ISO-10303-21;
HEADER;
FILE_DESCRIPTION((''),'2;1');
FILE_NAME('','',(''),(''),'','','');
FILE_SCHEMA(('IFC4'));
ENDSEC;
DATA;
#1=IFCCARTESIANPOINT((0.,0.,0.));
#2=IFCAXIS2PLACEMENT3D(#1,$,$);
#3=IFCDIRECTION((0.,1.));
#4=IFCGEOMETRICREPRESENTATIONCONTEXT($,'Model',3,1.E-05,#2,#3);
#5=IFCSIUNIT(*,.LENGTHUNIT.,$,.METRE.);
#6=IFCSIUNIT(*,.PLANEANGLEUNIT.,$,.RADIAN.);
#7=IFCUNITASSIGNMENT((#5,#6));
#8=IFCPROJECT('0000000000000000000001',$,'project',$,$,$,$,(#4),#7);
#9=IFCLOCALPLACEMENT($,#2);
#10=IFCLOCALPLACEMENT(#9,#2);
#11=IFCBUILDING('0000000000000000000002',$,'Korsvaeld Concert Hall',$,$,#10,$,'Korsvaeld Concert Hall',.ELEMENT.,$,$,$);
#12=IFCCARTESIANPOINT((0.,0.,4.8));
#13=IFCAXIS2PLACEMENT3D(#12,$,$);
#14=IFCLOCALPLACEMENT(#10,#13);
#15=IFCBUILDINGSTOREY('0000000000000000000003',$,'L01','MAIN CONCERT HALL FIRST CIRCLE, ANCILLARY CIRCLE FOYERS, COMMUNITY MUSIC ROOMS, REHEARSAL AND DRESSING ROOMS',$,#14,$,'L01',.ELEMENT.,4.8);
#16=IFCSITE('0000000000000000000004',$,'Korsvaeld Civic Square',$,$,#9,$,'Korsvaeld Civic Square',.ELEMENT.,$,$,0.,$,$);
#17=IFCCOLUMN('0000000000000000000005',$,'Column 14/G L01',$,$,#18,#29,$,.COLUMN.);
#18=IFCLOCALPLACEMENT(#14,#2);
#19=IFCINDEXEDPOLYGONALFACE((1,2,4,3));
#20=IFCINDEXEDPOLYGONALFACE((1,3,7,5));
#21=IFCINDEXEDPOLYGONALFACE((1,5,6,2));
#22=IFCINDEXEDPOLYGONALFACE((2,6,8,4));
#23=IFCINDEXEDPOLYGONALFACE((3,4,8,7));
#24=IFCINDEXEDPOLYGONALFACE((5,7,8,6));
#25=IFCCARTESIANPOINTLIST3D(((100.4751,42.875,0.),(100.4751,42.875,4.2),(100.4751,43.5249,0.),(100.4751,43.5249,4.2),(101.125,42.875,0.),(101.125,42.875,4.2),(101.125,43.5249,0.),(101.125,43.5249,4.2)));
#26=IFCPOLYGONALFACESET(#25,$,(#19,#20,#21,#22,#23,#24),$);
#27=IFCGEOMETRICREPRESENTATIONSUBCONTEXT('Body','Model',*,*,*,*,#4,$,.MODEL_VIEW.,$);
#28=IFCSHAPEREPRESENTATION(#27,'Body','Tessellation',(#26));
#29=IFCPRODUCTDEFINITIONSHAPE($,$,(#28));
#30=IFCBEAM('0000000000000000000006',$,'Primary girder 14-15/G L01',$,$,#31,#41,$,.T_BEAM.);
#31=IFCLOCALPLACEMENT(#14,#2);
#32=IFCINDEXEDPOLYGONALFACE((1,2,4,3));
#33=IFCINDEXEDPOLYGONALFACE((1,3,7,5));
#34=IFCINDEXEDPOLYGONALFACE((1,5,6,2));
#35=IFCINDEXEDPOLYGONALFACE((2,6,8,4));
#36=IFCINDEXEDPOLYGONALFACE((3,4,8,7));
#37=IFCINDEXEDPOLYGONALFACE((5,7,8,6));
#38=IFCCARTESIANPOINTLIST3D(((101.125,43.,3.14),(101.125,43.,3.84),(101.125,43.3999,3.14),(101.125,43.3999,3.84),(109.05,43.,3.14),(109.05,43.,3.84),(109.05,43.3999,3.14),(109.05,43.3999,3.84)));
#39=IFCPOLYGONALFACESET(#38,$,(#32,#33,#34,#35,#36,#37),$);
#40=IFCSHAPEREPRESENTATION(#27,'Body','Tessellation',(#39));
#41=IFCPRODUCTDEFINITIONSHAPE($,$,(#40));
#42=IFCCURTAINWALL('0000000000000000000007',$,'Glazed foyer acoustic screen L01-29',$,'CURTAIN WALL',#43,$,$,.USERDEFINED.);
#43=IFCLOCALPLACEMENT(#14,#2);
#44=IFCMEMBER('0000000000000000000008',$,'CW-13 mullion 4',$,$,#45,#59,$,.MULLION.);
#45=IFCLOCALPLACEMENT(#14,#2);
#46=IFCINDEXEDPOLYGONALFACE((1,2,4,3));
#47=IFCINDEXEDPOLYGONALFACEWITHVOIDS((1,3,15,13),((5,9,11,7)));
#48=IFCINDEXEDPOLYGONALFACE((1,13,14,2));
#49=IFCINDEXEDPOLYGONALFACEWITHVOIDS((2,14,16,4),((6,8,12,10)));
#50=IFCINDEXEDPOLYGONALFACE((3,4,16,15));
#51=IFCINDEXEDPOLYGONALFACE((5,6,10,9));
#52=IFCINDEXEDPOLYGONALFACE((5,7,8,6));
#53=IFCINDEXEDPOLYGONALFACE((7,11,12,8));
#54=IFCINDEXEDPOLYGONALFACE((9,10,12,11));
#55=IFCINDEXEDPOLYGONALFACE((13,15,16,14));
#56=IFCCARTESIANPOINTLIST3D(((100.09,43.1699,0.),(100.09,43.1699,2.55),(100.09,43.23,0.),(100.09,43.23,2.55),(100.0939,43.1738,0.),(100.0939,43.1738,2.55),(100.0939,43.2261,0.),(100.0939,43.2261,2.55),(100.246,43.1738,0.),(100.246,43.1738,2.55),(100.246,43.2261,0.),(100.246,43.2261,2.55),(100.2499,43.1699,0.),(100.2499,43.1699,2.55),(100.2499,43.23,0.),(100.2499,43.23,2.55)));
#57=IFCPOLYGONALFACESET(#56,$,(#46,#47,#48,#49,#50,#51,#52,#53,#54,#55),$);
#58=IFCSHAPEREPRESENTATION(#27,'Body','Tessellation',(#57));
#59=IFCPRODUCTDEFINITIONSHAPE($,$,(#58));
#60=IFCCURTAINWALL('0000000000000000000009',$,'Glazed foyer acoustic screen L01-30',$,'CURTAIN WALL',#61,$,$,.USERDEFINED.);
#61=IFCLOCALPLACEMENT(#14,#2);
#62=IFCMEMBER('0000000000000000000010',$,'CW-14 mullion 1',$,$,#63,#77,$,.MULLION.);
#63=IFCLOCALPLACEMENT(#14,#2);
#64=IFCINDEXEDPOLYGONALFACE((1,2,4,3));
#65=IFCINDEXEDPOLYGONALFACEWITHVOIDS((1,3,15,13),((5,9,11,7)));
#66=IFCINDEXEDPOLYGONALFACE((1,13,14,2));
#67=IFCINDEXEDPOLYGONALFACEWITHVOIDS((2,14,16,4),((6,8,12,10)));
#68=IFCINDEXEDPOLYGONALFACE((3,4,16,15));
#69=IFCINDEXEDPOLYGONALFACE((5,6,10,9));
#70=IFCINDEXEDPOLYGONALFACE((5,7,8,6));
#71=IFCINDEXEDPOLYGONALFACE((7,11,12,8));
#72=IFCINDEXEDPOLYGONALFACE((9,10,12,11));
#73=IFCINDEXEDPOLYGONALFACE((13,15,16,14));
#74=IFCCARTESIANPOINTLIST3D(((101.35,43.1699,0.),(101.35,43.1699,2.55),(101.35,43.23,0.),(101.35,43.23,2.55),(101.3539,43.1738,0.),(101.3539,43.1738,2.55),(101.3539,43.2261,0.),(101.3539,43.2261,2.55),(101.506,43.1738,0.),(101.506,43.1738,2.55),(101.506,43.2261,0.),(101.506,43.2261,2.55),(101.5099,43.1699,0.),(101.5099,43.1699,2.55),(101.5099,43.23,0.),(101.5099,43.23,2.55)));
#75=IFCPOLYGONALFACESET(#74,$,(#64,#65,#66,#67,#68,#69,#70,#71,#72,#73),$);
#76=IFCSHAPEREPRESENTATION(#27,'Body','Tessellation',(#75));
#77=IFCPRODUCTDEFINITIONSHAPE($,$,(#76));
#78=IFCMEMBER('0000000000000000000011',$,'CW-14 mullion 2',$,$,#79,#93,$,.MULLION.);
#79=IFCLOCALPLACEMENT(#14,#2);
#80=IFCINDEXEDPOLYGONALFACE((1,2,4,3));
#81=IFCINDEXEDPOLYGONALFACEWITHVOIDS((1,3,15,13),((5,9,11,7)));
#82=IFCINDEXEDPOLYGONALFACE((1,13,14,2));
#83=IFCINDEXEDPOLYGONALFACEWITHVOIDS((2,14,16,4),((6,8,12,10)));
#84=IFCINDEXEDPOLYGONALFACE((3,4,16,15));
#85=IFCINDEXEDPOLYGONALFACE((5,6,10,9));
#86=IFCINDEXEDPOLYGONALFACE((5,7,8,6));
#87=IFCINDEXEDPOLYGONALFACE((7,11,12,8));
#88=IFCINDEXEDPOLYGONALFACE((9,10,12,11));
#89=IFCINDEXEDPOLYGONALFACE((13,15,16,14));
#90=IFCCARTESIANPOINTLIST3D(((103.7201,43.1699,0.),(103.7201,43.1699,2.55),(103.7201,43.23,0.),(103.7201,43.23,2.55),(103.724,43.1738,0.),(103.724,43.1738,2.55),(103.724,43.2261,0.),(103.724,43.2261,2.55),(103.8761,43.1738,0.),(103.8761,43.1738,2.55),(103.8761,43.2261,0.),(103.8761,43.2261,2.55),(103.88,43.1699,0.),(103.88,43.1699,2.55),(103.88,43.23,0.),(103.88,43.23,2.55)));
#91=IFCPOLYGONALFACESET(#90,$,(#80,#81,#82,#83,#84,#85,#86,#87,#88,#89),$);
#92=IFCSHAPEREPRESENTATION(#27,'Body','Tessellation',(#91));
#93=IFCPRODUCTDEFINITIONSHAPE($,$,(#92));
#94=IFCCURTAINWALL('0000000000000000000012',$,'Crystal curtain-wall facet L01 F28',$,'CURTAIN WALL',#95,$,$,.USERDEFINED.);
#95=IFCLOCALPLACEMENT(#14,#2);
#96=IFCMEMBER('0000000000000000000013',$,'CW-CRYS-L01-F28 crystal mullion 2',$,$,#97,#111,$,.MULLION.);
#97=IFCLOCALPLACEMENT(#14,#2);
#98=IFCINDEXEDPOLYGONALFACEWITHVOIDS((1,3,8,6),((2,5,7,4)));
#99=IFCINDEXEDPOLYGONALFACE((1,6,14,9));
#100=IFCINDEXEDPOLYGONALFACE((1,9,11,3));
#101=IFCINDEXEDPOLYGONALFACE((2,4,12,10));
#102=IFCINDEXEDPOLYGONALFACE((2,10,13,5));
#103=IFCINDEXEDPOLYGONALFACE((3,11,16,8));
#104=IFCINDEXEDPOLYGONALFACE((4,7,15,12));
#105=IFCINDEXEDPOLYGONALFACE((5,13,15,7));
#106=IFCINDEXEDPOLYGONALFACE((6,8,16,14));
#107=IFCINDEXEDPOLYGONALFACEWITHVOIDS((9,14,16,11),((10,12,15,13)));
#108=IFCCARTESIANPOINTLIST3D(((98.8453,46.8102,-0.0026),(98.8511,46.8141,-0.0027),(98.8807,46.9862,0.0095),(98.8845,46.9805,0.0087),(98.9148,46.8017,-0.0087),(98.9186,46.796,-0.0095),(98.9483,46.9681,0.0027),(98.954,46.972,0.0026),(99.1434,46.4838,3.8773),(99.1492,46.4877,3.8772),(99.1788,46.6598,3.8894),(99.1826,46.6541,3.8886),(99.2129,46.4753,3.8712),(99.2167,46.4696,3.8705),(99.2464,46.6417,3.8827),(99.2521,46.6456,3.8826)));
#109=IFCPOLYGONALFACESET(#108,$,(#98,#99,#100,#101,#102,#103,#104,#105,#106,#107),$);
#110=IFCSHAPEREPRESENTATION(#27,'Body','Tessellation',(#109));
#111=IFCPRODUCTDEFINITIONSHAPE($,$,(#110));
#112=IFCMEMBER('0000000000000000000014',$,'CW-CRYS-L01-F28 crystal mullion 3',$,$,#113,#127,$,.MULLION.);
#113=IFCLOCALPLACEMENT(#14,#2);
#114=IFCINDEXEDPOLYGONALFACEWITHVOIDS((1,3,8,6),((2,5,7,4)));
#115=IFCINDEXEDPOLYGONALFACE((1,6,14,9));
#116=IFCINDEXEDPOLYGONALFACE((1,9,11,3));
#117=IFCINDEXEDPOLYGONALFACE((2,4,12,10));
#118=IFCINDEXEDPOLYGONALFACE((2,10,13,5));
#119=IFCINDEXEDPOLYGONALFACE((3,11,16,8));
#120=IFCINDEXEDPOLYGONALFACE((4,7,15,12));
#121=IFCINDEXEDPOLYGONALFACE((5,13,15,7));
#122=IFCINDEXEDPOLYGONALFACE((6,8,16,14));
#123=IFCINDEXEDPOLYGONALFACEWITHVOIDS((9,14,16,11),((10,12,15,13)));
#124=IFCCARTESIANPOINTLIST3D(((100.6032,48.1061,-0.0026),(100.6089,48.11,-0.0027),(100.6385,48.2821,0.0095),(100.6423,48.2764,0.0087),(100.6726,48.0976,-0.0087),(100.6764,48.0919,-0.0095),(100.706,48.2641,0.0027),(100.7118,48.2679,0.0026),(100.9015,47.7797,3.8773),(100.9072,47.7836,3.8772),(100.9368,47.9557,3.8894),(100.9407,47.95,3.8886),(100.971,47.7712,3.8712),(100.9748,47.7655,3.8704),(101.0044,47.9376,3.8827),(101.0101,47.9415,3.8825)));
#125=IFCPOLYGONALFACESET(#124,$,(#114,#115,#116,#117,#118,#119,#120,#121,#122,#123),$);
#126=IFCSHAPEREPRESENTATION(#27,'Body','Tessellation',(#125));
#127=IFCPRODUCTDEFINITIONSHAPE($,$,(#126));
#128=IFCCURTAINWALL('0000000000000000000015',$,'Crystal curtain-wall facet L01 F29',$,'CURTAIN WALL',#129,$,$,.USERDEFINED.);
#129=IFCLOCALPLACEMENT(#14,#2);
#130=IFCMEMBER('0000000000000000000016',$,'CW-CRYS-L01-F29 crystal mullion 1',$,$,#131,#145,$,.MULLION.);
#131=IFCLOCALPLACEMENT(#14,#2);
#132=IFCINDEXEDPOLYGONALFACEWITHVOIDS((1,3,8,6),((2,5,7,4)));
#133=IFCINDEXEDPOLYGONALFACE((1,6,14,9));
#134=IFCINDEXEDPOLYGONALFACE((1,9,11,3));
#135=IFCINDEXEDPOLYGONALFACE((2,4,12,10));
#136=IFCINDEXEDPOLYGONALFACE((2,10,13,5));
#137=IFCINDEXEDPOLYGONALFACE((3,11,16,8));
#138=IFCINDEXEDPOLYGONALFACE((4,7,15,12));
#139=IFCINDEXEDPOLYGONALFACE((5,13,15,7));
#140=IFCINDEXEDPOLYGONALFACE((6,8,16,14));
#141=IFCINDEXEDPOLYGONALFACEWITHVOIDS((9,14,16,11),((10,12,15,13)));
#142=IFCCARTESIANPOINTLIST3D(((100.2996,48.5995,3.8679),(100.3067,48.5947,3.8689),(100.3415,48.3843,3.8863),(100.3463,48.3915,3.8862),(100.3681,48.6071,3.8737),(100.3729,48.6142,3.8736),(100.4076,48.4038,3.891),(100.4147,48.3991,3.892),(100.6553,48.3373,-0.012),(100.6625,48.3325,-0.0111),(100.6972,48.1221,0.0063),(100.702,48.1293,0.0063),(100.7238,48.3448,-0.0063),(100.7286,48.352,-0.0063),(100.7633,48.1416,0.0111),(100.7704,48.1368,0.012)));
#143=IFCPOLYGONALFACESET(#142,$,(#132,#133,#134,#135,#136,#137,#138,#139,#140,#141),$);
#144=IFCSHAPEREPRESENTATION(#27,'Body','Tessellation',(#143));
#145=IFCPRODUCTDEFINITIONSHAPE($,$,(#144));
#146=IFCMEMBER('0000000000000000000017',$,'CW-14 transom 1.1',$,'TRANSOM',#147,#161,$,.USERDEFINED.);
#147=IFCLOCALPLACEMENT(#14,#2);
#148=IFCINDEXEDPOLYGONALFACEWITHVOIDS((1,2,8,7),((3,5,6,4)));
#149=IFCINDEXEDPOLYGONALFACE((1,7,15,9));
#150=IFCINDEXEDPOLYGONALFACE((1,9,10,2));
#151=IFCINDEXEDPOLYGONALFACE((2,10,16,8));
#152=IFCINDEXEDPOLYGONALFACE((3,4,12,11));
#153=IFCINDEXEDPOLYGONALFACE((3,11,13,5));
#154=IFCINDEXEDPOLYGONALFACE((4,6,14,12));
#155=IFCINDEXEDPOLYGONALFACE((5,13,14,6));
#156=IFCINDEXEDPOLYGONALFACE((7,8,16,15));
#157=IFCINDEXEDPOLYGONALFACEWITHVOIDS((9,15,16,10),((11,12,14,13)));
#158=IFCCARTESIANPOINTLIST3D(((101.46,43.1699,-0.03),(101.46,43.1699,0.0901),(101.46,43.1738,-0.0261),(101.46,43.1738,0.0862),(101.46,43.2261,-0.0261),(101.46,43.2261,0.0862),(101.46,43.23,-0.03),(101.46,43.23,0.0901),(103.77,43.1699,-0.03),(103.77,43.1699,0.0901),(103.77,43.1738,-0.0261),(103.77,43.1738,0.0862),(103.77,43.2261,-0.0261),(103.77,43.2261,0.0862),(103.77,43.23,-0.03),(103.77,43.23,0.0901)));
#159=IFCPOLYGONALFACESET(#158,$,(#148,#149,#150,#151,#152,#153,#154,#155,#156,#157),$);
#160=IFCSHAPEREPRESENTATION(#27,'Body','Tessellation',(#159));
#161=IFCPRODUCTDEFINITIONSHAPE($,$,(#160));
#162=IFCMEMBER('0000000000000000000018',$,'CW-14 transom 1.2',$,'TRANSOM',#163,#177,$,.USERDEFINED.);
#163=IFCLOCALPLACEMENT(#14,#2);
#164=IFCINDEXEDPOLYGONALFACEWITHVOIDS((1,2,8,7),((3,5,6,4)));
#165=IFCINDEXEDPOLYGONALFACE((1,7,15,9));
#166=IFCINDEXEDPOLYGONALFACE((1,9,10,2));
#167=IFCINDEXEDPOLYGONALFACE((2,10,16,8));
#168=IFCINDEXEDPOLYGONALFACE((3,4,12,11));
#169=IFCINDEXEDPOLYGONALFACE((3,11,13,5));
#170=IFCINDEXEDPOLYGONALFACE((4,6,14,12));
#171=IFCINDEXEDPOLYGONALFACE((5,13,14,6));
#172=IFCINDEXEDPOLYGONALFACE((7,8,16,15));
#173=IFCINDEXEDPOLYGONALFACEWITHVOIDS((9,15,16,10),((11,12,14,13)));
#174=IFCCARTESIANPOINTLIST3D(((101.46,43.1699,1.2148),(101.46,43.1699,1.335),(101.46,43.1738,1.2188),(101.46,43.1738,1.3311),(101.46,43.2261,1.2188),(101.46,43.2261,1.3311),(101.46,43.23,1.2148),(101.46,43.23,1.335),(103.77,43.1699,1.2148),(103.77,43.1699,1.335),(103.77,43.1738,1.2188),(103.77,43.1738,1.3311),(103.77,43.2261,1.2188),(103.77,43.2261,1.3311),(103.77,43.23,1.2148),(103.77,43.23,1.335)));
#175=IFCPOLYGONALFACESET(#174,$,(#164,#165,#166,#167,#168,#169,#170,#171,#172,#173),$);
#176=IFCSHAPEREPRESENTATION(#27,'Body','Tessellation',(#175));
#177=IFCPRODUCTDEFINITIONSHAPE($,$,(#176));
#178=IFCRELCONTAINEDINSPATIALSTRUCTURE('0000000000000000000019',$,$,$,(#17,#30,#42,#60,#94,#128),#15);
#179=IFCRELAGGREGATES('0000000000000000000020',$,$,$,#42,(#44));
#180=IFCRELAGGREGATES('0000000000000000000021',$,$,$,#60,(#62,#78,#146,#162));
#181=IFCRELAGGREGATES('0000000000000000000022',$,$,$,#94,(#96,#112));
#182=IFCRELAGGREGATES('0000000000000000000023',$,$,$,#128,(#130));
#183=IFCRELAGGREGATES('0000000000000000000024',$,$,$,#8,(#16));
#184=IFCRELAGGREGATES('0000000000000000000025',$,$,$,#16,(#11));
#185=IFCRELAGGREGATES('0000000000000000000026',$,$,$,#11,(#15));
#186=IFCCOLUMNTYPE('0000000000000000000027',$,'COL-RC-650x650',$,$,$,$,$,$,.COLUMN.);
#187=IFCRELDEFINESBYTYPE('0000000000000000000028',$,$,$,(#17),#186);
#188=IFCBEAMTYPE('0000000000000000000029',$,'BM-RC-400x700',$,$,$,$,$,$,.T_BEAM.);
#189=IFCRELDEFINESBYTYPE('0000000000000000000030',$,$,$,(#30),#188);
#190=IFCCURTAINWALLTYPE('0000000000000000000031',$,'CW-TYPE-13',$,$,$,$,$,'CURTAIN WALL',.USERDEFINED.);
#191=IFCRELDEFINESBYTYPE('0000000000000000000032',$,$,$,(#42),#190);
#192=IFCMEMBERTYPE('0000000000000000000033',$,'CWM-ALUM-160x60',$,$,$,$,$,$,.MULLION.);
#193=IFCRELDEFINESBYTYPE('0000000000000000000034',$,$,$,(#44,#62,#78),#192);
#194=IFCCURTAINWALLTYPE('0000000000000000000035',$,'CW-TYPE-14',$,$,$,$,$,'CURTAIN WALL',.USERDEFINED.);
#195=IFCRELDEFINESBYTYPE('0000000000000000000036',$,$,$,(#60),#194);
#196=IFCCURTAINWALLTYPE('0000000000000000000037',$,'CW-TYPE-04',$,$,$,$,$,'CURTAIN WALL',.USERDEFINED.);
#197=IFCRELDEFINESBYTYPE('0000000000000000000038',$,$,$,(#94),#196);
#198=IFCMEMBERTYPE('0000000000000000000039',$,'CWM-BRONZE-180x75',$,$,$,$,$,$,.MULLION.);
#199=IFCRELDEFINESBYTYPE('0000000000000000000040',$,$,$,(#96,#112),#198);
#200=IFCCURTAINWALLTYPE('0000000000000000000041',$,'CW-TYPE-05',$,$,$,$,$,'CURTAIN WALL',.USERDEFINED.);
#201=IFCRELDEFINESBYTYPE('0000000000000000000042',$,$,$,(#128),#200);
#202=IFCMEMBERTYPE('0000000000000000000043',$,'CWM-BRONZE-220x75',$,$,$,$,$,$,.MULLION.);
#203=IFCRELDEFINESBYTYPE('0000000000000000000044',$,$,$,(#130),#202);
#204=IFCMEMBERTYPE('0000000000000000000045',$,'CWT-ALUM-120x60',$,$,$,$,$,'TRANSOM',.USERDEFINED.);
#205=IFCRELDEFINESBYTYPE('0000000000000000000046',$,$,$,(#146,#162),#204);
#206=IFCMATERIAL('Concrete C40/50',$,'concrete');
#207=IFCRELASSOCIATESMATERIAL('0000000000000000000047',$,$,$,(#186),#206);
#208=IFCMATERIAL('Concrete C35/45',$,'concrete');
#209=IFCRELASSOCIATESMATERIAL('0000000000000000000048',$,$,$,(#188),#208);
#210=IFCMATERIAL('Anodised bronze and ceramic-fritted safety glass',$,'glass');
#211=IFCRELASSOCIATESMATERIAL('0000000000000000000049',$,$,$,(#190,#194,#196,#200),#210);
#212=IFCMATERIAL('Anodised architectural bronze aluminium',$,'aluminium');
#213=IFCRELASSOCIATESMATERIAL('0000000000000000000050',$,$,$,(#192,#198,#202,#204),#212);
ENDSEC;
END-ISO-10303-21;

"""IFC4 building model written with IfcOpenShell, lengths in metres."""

from ifc_helpers import new_model, si_unit, direction, frame, origin, origin_2d, place, context, subcontext, project, spatial, rectangle, hollow_rectangle, extrude, material, material_profile, profile_set, type_object, element, aggregate, save


model = new_model("IFC4")

# Units and contexts
model_context = context("Model", 3, precision=1e-05, world=origin(), true_north=direction((0.0, 1.0)))
body_context = subcontext(model_context, "Body", "Model", "MODEL_VIEW")
ifc_project = project(units=[si_unit("LENGTHUNIT", "METRE"), si_unit("PLANEANGLEUNIT", "RADIAN")], contexts=[model_context])

# Site, building, storey
site_placement = place(None, origin())
site = spatial("IfcSite", under=ifc_project, at=site_placement, Name="Korsvaeld Civic Square", LongName="Korsvaeld Civic Square", CompositionType="ELEMENT", RefElevation=0.0)
building_placement = place(site_placement, origin())
building = spatial("IfcBuilding", under=site, at=building_placement, Name="Korsvaeld Concert Hall", LongName="Korsvaeld Concert Hall", CompositionType="ELEMENT")
storey_placement = place(building_placement, frame((0.0, 0.0, 4.8)))
storey = spatial("IfcBuildingStorey", under=building, at=storey_placement, Name="L01", Description="MAIN CONCERT HALL FIRST CIRCLE, ANCILLARY CIRCLE FOYERS, COMMUNITY MUSIC ROOMS, REHEARSAL AND DRESSING ROOMS", LongName="L01", CompositionType="ELEMENT", Elevation=4.8)

# Column
ifc_material_1 = material(Name="Concrete C40/50", Category="concrete")
ifc_material_profile_1 = material_profile(ifc_material_1, rectangle(XDim=0.6499, YDim=0.6499, at=origin_2d()), Name="RC 650x650")
ifc_profile_set_1 = profile_set([ifc_material_profile_1], Name="Concrete C40/50")
column_type = type_object("IfcColumnType", Name="COL-RC-650x650", PredefinedType="COLUMN", material=ifc_profile_set_1)
column_placement = place(storey_placement, frame((100.8, 43.2, 0.0), z_axis=(0.0, 0.0, 1.0), x_axis=(1.0, 0.0, 0.0)))
element("IfcColumn", 1, at=column_placement, inside=storey, type_object=column_type, Name="Column 14/G L01", PredefinedType="COLUMN", context=body_context, shape_type="SweptSolid", body=[
    extrude(rectangle(XDim=0.6499, YDim=0.6499, at=origin_2d()), origin(), (0.0, 0.0, 1.0), 4.2),
])

# Beam
ifc_material_2 = material(Name="Concrete C35/45", Category="concrete")
ifc_material_profile_2 = material_profile(ifc_material_2, rectangle(XDim=0.3999, YDim=0.7, at=origin_2d()), Name="RC 400x700")
ifc_profile_set_2 = profile_set([ifc_material_profile_2], Name="Concrete C35/45")
beam_type = type_object("IfcBeamType", Name="BM-RC-400x700", PredefinedType="T_BEAM", material=ifc_profile_set_2)
beam_placement = place(storey_placement, frame((101.125, 43.2, 3.49), z_axis=(1.0, 0.0, 0.0), x_axis=(0.0, 1.0, 0.0)))
element("IfcBeam", 2, at=beam_placement, inside=storey, type_object=beam_type, Name="Primary girder 14-15/G L01", PredefinedType="T_BEAM", context=body_context, shape_type="SweptSolid", body=[
    extrude(rectangle(XDim=0.3999, YDim=0.7, at=origin_2d()), origin(), (0.0, 0.0, 1.0), 7.925),
])

# Curtain wall, member
ifc_material_3 = material(Name="Anodised bronze and ceramic-fritted safety glass", Category="glass")
curtain_wall_type_1 = type_object("IfcCurtainWallType", Name="CW-TYPE-13", ElementType="CURTAIN WALL", PredefinedType="USERDEFINED", material=ifc_material_3)
curtain_wall_1_placement = place(storey_placement, origin())
curtain_wall_1 = element("IfcCurtainWall", 3, at=curtain_wall_1_placement, inside=storey, type_object=curtain_wall_type_1, Name="Glazed foyer acoustic screen L01-29", ObjectType="CURTAIN WALL", PredefinedType="USERDEFINED")
ifc_material_4 = material(Name="Anodised architectural bronze aluminium", Category="aluminium")
ifc_material_profile_3 = material_profile(ifc_material_4, hollow_rectangle(XDim=0.0601, YDim=0.1599, WallThickness=0.0039, at=origin_2d()), Name="CWM 160x60x4")
ifc_profile_set_3 = profile_set([ifc_material_profile_3], Name="Anodised architectural bronze aluminium")
member_type_1 = type_object("IfcMemberType", Name="CWM-ALUM-160x60", PredefinedType="MULLION", material=ifc_profile_set_3)
member_1_placement = place(storey_placement, frame((100.1699, 43.2, 0.0), z_axis=(0.0, 0.0, 1.0), x_axis=(0.0, 1.0, 0.0)))
member_1 = element("IfcMember", 4, at=member_1_placement, type_object=member_type_1, Name="CW-13 mullion 4", PredefinedType="MULLION", context=body_context, shape_type="SweptSolid", body=[
    extrude(hollow_rectangle(XDim=0.0601, YDim=0.1599, WallThickness=0.0039, at=origin_2d()), origin(), (0.0, 0.0, 1.0), 2.55),
])

# Curtain walls, members
curtain_wall_type_2 = type_object("IfcCurtainWallType", Name="CW-TYPE-14", ElementType="CURTAIN WALL", PredefinedType="USERDEFINED", material=ifc_material_3)
curtain_wall_2_placement = place(storey_placement, origin())
curtain_wall_2 = element("IfcCurtainWall", 5, at=curtain_wall_2_placement, inside=storey, type_object=curtain_wall_type_2, Name="Glazed foyer acoustic screen L01-30", ObjectType="CURTAIN WALL", PredefinedType="USERDEFINED")
member_2_placement = place(storey_placement, frame((101.4299, 43.2, 0.0), z_axis=(0.0, 0.0, 1.0), x_axis=(0.0, 1.0, 0.0)))
member_2 = element("IfcMember", 6, at=member_2_placement, type_object=member_type_1, Name="CW-14 mullion 1", PredefinedType="MULLION", context=body_context, shape_type="SweptSolid", body=[
    extrude(hollow_rectangle(XDim=0.0601, YDim=0.1599, WallThickness=0.0039, at=origin_2d()), origin(), (0.0, 0.0, 1.0), 2.55),
])
member_3_placement = place(storey_placement, frame((103.8, 43.2, 0.0), z_axis=(0.0, 0.0, 1.0), x_axis=(0.0, 1.0, 0.0)))
member_3 = element("IfcMember", 7, at=member_3_placement, type_object=member_type_1, Name="CW-14 mullion 2", PredefinedType="MULLION", context=body_context, shape_type="SweptSolid", body=[
    extrude(hollow_rectangle(XDim=0.0601, YDim=0.1599, WallThickness=0.0039, at=origin_2d()), origin(), (0.0, 0.0, 1.0), 2.55),
])
curtain_wall_type_3 = type_object("IfcCurtainWallType", Name="CW-TYPE-04", ElementType="CURTAIN WALL", PredefinedType="USERDEFINED", material=ifc_material_3)
curtain_wall_3_placement = place(storey_placement, origin())
curtain_wall_3 = element("IfcCurtainWall", 8, at=curtain_wall_3_placement, inside=storey, type_object=curtain_wall_type_3, Name="Crystal curtain-wall facet L01 F28", ObjectType="CURTAIN WALL", PredefinedType="USERDEFINED")
ifc_material_profile_4 = material_profile(ifc_material_4, hollow_rectangle(XDim=0.075, YDim=0.1799, WallThickness=0.0049, at=origin_2d()), Name="CWM 180x75x5")
ifc_profile_set_4 = profile_set([ifc_material_profile_4], Name="Anodised architectural bronze aluminium")
member_type_2 = type_object("IfcMemberType", Name="CWM-BRONZE-180x75", PredefinedType="MULLION", material=ifc_profile_set_4)
member_4_placement = place(storey_placement, frame((98.8997, 46.8911, 0.0), z_axis=(0.076337, -0.08359, 0.993572), x_axis=(-0.977475, 0.190372, 0.091116)))
member_4 = element("IfcMember", 9, at=member_4_placement, type_object=member_type_2, Name="CW-CRYS-L01-F28 crystal mullion 2", PredefinedType="MULLION", context=body_context, shape_type="SweptSolid", body=[
    extrude(hollow_rectangle(XDim=0.075, YDim=0.1799, WallThickness=0.0049, at=origin_2d()), origin(), (0.0, 0.0, 1.0), 3.905),
])
member_5_placement = place(storey_placement, frame((100.6575, 48.187, 0.0), z_axis=(0.076399, -0.083589, 0.993567), x_axis=(-0.977549, 0.18997, 0.09115)))
member_5 = element("IfcMember", 10, at=member_5_placement, type_object=member_type_2, Name="CW-CRYS-L01-F28 crystal mullion 3", PredefinedType="MULLION", context=body_context, shape_type="SweptSolid", body=[
    extrude(hollow_rectangle(XDim=0.075, YDim=0.1799, WallThickness=0.0049, at=origin_2d()), origin(), (0.0, 0.0, 1.0), 3.905),
])

# Curtain wall, member
curtain_wall_type_4 = type_object("IfcCurtainWallType", Name="CW-TYPE-05", ElementType="CURTAIN WALL", PredefinedType="USERDEFINED", material=ifc_material_3)
curtain_wall_4_placement = place(storey_placement, origin())
curtain_wall_4 = element("IfcCurtainWall", 11, at=curtain_wall_4_placement, inside=storey, type_object=curtain_wall_type_4, Name="Crystal curtain-wall facet L01 F29", ObjectType="CURTAIN WALL", PredefinedType="USERDEFINED")
ifc_material_profile_5 = material_profile(ifc_material_4, hollow_rectangle(XDim=0.075, YDim=0.22, WallThickness=0.0061, at=origin_2d()), Name="CWM 220x75x6")
ifc_profile_set_5 = profile_set([ifc_material_profile_5], Name="Anodised architectural bronze aluminium")
member_type_3 = type_object("IfcMemberType", Name="CWM-BRONZE-220x75", PredefinedType="MULLION", material=ifc_profile_set_5)
member_6_placement = place(storey_placement, frame((100.7129, 48.2371, 0.0), z_axis=(-0.091092, 0.067147, 0.993576), x_axis=(0.9775, 0.196641, 0.076329)))
member_6 = element("IfcMember", 12, at=member_6_placement, type_object=member_type_3, Name="CW-CRYS-L01-F29 crystal mullion 1", PredefinedType="MULLION", context=body_context, shape_type="SweptSolid", body=[
    extrude(hollow_rectangle(XDim=0.075, YDim=0.22, WallThickness=0.0061, at=origin_2d()), origin(), (0.0, 0.0, 1.0), 3.905),
])

# Members
ifc_material_profile_6 = material_profile(ifc_material_4, hollow_rectangle(XDim=0.0601, YDim=0.1201, WallThickness=0.0039, at=origin_2d()), Name="CWT 120x60x4")
ifc_profile_set_6 = profile_set([ifc_material_profile_6], Name="Anodised architectural bronze aluminium")
member_type_4 = type_object("IfcMemberType", Name="CWT-ALUM-120x60", ElementType="TRANSOM", PredefinedType="USERDEFINED", material=ifc_profile_set_6)
member_7_placement = place(storey_placement, frame((101.46, 43.2, 0.03), z_axis=(1.0, 0.0, 0.0), x_axis=(0.0, 1.0, 0.0)))
member_7 = element("IfcMember", 13, at=member_7_placement, type_object=member_type_4, Name="CW-14 transom 1.1", ObjectType="TRANSOM", PredefinedType="USERDEFINED", context=body_context, shape_type="SweptSolid", body=[
    extrude(hollow_rectangle(XDim=0.0601, YDim=0.1201, WallThickness=0.0039, at=origin_2d()), origin(), (0.0, 0.0, 1.0), 2.3101),
])
member_8_placement = place(storey_placement, frame((101.46, 43.2, 1.2749), z_axis=(1.0, 0.0, 0.0), x_axis=(0.0, 1.0, 0.0)))
member_8 = element("IfcMember", 14, at=member_8_placement, type_object=member_type_4, Name="CW-14 transom 1.2", ObjectType="TRANSOM", PredefinedType="USERDEFINED", context=body_context, shape_type="SweptSolid", body=[
    extrude(hollow_rectangle(XDim=0.0601, YDim=0.1201, WallThickness=0.0039, at=origin_2d()), origin(), (0.0, 0.0, 1.0), 2.3101),
])

aggregate(curtain_wall_1, [member_1])
aggregate(curtain_wall_2, [member_2, member_3, member_7, member_8])
aggregate(curtain_wall_3, [member_4, member_5])
aggregate(curtain_wall_4, [member_6])

save(model, "model.ifc")
